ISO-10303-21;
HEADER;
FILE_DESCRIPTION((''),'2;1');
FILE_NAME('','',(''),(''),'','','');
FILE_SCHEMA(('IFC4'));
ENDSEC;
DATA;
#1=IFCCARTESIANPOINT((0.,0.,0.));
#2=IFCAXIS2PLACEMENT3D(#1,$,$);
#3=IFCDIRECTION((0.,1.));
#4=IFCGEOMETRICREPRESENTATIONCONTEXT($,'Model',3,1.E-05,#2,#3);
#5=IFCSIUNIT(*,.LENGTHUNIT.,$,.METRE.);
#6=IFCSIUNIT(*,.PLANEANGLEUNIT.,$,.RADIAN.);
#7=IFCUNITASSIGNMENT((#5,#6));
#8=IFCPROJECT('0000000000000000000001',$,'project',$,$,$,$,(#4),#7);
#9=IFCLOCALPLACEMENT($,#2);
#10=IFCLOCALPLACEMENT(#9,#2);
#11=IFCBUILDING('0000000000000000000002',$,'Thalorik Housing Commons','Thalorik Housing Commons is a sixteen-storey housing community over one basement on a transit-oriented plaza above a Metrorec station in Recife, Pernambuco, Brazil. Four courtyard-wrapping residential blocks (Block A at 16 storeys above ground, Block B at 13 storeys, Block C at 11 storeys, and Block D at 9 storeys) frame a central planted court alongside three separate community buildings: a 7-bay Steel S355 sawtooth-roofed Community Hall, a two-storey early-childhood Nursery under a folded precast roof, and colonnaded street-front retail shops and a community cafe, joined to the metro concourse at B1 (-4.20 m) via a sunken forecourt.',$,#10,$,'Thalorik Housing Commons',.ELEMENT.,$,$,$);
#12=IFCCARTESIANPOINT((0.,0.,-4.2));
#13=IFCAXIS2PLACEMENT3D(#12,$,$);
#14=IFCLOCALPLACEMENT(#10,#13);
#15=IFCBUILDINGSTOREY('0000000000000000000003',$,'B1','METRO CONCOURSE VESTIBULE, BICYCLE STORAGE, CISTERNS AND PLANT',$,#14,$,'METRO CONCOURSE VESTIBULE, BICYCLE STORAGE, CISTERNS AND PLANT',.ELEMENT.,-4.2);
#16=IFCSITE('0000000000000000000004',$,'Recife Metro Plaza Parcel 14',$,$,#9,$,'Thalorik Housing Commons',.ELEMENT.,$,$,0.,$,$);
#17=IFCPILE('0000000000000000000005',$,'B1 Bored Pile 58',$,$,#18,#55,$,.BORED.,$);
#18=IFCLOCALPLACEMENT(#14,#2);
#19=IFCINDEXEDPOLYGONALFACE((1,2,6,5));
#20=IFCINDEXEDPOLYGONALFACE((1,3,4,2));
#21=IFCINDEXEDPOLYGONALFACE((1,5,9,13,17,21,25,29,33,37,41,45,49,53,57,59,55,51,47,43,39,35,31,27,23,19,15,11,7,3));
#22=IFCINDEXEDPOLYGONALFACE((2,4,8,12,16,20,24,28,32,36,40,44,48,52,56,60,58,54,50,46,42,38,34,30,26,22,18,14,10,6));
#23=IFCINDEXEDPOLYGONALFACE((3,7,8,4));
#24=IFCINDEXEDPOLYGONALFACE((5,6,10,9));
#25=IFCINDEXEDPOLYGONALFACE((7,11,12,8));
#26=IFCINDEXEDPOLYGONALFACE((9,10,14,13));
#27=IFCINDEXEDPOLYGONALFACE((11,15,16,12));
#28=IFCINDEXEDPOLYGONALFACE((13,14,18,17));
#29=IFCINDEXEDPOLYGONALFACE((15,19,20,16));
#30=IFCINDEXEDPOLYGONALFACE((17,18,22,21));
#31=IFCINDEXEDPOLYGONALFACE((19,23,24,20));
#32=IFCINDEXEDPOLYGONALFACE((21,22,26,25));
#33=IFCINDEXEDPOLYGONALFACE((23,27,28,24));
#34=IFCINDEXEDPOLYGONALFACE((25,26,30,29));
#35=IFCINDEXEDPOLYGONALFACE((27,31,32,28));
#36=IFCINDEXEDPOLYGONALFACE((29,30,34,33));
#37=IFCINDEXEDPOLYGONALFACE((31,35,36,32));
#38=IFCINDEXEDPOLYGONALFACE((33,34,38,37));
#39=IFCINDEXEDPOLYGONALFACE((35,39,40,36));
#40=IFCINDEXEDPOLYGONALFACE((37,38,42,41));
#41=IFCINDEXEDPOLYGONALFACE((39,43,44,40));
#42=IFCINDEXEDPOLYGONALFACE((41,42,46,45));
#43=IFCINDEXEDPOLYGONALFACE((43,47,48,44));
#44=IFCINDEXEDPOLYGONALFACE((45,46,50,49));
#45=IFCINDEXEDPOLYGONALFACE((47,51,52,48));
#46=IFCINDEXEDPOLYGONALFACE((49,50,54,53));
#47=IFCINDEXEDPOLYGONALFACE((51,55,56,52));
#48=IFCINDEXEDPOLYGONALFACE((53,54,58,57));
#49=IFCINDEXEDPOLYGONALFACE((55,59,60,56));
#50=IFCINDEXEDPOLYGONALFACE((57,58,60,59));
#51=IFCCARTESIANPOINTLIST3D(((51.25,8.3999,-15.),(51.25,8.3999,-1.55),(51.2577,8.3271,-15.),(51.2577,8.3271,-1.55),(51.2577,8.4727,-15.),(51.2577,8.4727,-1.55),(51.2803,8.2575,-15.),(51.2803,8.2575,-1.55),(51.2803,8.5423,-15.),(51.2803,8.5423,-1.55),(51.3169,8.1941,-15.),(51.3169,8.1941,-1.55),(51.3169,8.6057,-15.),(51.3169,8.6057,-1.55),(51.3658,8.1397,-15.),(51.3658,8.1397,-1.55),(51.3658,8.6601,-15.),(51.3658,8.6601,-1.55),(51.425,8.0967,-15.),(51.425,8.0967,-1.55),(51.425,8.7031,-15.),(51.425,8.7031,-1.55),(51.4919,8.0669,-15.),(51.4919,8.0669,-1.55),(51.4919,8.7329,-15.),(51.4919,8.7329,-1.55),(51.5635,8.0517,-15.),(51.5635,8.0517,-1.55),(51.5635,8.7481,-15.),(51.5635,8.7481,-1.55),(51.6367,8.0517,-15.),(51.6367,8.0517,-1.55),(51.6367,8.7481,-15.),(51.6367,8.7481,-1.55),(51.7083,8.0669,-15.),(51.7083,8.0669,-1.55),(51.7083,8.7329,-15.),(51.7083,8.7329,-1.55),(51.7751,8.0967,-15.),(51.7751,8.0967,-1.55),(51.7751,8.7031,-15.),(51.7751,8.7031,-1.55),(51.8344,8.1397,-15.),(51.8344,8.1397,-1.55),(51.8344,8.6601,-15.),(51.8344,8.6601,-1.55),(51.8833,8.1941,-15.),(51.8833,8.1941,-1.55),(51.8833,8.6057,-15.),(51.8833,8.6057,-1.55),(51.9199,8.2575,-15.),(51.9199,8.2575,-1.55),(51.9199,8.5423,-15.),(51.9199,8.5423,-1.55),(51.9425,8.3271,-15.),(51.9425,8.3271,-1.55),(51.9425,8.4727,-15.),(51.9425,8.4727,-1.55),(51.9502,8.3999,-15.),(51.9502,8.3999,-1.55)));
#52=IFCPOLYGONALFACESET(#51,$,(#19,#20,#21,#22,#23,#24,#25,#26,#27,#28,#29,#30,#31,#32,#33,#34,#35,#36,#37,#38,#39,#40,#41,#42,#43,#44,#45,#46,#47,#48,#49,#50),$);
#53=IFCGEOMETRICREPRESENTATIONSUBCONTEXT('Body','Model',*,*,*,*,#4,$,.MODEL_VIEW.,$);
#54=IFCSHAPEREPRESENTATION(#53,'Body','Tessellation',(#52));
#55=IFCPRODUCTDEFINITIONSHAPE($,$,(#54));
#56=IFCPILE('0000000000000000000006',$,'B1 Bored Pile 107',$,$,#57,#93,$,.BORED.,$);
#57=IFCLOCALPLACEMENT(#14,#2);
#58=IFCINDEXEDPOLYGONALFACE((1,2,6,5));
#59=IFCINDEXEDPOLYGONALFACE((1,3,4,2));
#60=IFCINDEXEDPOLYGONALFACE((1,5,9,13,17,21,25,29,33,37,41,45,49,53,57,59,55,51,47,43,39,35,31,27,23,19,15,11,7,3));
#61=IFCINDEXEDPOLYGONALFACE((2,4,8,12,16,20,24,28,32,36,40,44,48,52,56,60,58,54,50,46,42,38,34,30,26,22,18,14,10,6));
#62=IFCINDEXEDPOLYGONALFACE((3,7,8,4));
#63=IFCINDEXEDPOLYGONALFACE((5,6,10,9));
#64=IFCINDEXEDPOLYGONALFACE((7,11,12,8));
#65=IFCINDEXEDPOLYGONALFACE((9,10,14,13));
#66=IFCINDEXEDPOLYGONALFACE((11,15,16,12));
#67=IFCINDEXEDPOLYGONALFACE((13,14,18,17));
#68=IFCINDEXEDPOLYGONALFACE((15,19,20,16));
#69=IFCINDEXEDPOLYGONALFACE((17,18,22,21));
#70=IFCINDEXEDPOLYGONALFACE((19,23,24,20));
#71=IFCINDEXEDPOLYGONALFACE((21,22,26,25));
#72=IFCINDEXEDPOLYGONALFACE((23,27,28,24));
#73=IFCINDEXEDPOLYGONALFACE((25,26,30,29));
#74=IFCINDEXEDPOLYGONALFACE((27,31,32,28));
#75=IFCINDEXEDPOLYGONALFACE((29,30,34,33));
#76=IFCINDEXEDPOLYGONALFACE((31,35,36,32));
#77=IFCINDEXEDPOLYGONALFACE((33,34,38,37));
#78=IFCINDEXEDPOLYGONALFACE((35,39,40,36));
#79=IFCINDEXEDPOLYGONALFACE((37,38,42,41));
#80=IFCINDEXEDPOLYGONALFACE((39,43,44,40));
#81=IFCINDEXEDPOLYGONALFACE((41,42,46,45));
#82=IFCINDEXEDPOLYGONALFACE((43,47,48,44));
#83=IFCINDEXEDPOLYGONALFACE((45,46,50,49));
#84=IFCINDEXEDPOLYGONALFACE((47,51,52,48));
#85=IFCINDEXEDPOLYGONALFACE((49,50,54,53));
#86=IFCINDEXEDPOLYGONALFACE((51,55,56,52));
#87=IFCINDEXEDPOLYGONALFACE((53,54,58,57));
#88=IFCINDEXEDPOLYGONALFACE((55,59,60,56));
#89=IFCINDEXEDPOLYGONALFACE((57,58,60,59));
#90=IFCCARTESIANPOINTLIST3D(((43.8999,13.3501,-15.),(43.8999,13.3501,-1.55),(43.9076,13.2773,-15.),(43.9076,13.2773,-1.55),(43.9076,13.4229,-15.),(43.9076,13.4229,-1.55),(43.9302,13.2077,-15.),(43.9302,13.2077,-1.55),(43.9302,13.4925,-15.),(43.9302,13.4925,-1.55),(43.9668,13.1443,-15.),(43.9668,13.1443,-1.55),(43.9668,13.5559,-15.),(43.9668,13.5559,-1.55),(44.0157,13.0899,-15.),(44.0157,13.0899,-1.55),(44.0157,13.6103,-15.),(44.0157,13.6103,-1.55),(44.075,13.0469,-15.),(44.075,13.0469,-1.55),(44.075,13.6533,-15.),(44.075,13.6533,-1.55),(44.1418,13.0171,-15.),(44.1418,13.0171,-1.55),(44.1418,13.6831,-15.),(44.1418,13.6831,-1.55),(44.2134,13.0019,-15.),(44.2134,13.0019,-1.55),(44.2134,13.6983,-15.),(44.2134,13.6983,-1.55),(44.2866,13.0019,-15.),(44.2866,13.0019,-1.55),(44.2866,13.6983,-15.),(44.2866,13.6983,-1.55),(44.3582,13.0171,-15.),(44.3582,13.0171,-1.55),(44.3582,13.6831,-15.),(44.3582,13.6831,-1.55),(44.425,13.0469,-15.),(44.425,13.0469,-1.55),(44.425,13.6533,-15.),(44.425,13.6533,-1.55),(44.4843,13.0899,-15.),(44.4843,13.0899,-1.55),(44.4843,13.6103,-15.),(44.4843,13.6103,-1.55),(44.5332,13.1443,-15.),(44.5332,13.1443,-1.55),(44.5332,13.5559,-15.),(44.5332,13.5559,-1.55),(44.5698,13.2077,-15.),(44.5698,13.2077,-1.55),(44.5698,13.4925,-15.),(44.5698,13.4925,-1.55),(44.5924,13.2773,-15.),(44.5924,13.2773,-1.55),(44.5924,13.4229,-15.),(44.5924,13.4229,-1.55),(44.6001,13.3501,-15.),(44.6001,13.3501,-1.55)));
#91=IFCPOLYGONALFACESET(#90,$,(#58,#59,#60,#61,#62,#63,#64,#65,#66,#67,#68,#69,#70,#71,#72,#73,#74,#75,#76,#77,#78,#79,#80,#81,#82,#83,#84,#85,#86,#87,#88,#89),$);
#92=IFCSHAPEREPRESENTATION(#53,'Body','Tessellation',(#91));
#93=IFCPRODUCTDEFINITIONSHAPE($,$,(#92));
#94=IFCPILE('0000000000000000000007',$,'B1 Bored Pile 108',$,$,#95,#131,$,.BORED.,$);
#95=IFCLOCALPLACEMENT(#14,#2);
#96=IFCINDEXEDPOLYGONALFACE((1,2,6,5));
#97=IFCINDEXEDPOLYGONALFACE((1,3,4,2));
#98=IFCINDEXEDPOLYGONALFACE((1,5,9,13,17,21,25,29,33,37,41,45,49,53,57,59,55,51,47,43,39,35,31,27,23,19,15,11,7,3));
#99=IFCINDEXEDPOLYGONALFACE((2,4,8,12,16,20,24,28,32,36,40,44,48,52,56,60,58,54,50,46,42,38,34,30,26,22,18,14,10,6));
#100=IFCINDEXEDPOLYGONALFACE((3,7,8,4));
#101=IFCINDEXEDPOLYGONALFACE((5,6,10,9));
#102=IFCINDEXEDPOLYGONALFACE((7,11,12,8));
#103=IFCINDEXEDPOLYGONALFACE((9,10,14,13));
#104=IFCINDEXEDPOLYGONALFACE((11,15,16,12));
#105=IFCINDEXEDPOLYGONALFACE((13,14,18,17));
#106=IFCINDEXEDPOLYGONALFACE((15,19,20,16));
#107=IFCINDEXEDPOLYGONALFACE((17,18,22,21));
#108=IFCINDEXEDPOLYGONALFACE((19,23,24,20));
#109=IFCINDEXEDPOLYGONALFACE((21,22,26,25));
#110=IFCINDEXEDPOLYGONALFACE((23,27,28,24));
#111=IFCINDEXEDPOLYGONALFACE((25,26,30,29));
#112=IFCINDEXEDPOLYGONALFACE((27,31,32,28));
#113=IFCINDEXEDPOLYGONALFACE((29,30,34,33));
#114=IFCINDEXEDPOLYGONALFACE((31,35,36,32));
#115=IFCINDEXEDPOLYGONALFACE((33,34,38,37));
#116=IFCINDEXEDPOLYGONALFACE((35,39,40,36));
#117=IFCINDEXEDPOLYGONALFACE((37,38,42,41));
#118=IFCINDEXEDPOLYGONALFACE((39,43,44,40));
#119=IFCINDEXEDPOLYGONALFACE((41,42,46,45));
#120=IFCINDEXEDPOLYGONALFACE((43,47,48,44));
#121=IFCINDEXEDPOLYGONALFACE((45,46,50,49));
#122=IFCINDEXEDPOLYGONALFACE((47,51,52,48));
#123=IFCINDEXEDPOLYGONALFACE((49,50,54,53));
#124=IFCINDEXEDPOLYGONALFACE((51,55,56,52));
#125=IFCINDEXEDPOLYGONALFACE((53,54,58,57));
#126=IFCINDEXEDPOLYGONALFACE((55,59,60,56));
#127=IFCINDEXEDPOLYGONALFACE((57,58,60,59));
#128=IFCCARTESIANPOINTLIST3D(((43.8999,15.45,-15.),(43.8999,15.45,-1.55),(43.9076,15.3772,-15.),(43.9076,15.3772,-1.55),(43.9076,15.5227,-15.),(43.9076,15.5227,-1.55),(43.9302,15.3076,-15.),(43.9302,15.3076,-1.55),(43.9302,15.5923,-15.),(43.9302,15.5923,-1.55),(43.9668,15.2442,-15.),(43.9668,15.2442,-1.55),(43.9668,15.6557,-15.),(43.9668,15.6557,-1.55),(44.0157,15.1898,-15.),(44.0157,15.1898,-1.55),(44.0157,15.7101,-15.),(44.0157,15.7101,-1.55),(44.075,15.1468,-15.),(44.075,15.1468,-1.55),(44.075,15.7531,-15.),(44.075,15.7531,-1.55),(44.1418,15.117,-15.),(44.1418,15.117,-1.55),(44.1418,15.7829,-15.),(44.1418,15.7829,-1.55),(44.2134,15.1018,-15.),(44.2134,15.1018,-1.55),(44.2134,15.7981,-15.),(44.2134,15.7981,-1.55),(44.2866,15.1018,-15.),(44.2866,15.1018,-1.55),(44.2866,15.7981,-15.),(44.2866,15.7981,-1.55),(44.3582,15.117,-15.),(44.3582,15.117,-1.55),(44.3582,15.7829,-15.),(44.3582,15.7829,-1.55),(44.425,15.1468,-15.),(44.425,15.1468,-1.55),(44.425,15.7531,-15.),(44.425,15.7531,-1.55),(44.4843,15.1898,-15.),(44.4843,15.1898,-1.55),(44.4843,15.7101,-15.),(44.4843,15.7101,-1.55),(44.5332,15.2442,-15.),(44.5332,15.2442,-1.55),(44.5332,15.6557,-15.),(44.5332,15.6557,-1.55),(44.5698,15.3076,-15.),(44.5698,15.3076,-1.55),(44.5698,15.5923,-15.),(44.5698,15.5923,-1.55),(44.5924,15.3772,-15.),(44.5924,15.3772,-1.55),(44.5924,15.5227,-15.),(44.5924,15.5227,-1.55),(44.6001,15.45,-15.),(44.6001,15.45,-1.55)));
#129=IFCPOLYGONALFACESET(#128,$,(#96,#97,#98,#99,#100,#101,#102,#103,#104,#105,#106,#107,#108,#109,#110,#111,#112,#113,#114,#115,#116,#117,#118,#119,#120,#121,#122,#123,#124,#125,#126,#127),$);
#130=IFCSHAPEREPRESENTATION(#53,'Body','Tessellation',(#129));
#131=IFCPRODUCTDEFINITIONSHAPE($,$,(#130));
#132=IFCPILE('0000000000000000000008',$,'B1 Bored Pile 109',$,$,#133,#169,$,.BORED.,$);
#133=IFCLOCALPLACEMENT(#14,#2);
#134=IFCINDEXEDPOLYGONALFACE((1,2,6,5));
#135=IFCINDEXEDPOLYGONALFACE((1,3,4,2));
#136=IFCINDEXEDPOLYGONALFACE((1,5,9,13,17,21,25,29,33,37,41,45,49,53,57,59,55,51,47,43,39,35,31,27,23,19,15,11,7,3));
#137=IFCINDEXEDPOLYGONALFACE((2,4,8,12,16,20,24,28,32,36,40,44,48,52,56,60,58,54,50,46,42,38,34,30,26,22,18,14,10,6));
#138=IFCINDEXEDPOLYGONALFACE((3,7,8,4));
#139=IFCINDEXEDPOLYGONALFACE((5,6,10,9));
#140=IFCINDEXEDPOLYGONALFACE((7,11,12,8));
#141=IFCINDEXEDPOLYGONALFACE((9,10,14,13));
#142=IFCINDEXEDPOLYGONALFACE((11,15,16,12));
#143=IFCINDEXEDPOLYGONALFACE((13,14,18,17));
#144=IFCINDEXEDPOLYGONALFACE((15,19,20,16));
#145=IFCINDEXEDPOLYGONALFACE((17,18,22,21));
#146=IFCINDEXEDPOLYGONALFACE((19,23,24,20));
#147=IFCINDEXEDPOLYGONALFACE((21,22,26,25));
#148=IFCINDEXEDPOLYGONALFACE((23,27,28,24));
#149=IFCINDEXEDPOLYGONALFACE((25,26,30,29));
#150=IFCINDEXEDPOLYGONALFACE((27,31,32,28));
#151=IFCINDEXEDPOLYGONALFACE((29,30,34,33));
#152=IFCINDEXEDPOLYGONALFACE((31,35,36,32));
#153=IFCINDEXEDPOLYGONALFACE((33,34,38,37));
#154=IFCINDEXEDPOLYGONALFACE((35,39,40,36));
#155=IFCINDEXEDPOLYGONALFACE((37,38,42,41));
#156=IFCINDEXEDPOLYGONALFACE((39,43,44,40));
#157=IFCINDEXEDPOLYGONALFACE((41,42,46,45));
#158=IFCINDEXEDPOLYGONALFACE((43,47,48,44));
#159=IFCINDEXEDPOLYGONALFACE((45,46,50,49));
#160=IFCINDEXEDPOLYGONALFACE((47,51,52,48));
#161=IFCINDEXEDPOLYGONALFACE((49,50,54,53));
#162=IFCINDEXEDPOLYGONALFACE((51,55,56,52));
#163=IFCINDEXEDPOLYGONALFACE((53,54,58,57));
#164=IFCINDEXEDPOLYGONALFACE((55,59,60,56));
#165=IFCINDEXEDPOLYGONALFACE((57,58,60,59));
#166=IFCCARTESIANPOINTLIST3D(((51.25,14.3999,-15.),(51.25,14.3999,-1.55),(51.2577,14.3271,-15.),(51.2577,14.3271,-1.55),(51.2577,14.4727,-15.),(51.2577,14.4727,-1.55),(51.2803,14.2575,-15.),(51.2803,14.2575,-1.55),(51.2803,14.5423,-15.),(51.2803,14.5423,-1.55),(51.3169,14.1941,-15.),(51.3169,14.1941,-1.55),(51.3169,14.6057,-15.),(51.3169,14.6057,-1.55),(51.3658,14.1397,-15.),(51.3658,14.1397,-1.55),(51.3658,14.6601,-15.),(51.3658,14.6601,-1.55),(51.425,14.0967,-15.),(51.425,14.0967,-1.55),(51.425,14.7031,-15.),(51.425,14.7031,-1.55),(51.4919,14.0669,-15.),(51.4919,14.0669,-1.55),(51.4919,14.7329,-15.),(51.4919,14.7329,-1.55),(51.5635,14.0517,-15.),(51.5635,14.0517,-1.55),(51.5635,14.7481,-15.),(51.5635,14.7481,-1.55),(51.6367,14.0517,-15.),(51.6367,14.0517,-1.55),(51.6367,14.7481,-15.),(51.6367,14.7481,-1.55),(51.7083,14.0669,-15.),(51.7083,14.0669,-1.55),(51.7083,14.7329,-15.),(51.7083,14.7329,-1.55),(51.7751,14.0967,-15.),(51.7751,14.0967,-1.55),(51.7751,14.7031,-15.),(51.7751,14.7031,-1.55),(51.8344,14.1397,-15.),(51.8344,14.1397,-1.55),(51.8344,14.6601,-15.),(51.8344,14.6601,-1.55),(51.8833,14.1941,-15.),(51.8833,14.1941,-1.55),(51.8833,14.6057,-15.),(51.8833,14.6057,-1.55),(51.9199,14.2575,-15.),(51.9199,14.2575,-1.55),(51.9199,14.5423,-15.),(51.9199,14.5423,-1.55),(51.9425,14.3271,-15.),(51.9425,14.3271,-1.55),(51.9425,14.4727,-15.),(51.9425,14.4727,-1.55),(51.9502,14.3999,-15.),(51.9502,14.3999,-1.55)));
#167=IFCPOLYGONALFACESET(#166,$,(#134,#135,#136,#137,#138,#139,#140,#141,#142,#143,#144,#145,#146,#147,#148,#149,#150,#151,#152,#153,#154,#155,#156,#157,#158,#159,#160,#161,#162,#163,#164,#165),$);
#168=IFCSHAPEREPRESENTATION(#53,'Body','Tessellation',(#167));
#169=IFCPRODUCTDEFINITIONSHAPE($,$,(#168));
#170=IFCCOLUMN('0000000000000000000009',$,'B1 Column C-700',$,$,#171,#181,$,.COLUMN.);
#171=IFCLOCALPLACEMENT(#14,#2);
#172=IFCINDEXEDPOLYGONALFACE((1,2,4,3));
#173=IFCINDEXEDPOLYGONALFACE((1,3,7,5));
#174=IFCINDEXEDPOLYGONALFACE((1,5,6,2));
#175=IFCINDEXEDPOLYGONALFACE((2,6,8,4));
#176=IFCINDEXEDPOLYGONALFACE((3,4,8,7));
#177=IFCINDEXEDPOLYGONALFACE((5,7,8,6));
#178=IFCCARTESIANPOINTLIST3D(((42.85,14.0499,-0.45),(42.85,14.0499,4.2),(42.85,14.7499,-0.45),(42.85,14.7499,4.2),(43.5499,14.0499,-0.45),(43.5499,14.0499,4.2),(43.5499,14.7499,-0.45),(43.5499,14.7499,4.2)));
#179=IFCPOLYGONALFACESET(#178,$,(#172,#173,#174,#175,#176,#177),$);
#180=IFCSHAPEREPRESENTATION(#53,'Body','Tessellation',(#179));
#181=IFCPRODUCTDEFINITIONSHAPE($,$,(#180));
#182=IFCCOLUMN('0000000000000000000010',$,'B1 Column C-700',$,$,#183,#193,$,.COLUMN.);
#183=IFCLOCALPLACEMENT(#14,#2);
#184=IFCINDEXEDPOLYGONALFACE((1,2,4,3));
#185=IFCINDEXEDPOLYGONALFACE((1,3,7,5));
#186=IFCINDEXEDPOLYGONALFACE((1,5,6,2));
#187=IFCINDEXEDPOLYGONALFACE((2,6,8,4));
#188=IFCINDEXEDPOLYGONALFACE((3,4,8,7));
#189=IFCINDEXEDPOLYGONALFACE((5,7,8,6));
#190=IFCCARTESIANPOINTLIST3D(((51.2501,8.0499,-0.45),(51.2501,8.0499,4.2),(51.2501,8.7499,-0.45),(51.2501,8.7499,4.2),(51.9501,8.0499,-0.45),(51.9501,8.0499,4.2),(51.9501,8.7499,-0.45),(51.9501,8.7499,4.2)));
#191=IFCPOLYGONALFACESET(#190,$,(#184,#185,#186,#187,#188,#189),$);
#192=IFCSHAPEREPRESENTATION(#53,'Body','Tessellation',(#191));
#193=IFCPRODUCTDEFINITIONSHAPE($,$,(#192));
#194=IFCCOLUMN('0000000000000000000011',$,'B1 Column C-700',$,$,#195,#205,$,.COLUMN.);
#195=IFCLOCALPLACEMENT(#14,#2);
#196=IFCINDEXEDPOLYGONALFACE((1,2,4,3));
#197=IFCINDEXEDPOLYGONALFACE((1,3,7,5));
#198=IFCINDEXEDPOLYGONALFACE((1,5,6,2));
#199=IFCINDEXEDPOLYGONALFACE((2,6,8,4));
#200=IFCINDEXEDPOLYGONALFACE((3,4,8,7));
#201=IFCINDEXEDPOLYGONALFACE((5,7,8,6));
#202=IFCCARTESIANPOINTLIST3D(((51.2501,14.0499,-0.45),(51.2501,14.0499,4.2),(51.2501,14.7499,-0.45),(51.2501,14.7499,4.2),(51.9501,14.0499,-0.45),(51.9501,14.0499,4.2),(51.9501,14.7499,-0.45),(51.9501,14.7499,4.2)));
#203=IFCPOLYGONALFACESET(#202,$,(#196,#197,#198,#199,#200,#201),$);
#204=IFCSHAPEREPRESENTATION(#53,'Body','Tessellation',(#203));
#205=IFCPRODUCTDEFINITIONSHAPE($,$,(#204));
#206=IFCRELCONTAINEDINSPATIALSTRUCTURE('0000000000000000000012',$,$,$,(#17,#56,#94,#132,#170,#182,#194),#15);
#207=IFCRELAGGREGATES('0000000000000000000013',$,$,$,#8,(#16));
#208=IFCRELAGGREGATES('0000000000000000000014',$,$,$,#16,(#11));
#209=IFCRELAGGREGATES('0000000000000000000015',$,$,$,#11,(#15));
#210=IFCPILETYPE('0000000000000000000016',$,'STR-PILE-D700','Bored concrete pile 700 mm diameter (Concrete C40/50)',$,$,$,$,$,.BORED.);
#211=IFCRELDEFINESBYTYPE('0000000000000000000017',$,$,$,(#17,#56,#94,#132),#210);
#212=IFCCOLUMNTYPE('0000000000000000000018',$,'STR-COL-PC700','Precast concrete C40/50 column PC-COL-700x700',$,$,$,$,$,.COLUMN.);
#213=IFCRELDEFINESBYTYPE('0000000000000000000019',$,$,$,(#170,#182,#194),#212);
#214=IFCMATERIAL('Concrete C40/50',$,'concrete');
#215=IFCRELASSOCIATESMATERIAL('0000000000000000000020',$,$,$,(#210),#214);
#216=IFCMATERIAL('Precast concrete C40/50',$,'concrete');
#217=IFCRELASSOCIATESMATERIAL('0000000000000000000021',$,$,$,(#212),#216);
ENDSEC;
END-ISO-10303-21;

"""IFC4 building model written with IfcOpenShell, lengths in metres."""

from ifc_helpers import new_model, si_unit, direction, frame, origin, origin_2d, place, context, subcontext, project, spatial, rectangle, circle, extrude, material, material_profile, profile_set, type_object, element, save


model = new_model("IFC4")

# Units and contexts
model_context = context("Model", 3, precision=1e-05, world=origin(), true_north=direction((0.0, 1.0)))
body_context = subcontext(model_context, "Body", "Model", "MODEL_VIEW")
ifc_project = project(units=[si_unit("LENGTHUNIT", "METRE"), si_unit("PLANEANGLEUNIT", "RADIAN")], contexts=[model_context])

# Site, building, storey
site_placement = place(None, origin())
site = spatial("IfcSite", under=ifc_project, at=site_placement, Name="Recife Metro Plaza Parcel 14", LongName="Thalorik Housing Commons", CompositionType="ELEMENT", RefElevation=0.0)
building_placement = place(site_placement, origin())
building = spatial("IfcBuilding", under=site, at=building_placement, Name="Thalorik Housing Commons", Description="Thalorik Housing Commons is a sixteen-storey housing community over one basement on a transit-oriented plaza above a Metrorec station in Recife, Pernambuco, Brazil. Four courtyard-wrapping residential blocks (Block A at 16 storeys above ground, Block B at 13 storeys, Block C at 11 storeys, and Block D at 9 storeys) frame a central planted court alongside three separate community buildings: a 7-bay Steel S355 sawtooth-roofed Community Hall, a two-storey early-childhood Nursery under a folded precast roof, and colonnaded street-front retail shops and a community cafe, joined to the metro concourse at B1 (-4.20 m) via a sunken forecourt.", LongName="Thalorik Housing Commons", CompositionType="ELEMENT")
storey_placement = place(building_placement, frame((0.0, 0.0, -4.2)))
storey = spatial("IfcBuildingStorey", under=building, at=storey_placement, Name="B1", Description="METRO CONCOURSE VESTIBULE, BICYCLE STORAGE, CISTERNS AND PLANT", LongName="METRO CONCOURSE VESTIBULE, BICYCLE STORAGE, CISTERNS AND PLANT", CompositionType="ELEMENT", Elevation=-4.2)

# Shared definitions
ifc_material_1 = material(Name="Concrete C40/50", Category="concrete")

# Piles
ifc_material_profile_1 = material_profile(ifc_material_1, circle(Radius=0.3501, at=origin_2d()), Name="BORED PILE D700", Category="concrete")
ifc_profile_set_1 = profile_set([ifc_material_profile_1], Name="Concrete C40/50")
pile_type = type_object("IfcPileType", Name="STR-PILE-D700", Description="Bored concrete pile 700 mm diameter (Concrete C40/50)", PredefinedType="BORED", material=ifc_profile_set_1)
for number, where, z_axis, x_axis, name in (
    (1, (51.6001, 8.3999, -1.55), (0.0, 0.0, -1.0), (1.0, 0.0, 0.0), "B1 Bored Pile 58"),
    (2, (44.25, 13.3501, -1.55), (0.0, 0.0, -1.0), (1.0, 0.0, 0.0), "B1 Bored Pile 107"),
    (3, (44.25, 15.45, -1.55), (0.0, 0.0, -1.0), (1.0, 0.0, 0.0), "B1 Bored Pile 108"),
    (4, (51.6001, 14.3999, -1.55), (0.0, 0.0, -1.0), (1.0, 0.0, 0.0), "B1 Bored Pile 109"),
):
    element("IfcPile", number, at=place(storey_placement, frame(where, z_axis=z_axis, x_axis=x_axis)), inside=storey, type_object=pile_type, Name=name, PredefinedType="BORED", context=body_context, shape_type="SweptSolid", body=[
        extrude(circle(Radius=0.3501, at=origin_2d()), origin(), (0.0, 0.0, 1.0), 13.45),
    ])

# Columns
ifc_material_2 = material(Name="Precast concrete C40/50", Category="concrete")
ifc_material_profile_2 = material_profile(ifc_material_2, rectangle(XDim=0.7, YDim=0.7, at=origin_2d()), Name="PC 700x700", Category="concrete")
ifc_profile_set_2 = profile_set([ifc_material_profile_2], Name="Precast concrete C40/50")
column_type = type_object("IfcColumnType", Name="STR-COL-PC700", Description="Precast concrete C40/50 column PC-COL-700x700", PredefinedType="COLUMN", material=ifc_profile_set_2)
for number, where, z_axis, x_axis, name in (
    (5, (43.2, 14.3999, -0.45), (0.0, 0.0, 1.0), (1.0, 0.0, 0.0), "B1 Column C-700"),
    (6, (51.6001, 8.3999, -0.45), (0.0, 0.0, 1.0), (1.0, 0.0, 0.0), "B1 Column C-700"),
    (7, (51.6001, 14.3999, -0.45), (0.0, 0.0, 1.0), (1.0, 0.0, 0.0), "B1 Column C-700"),
):
    element("IfcColumn", number, at=place(storey_placement, frame(where, z_axis=z_axis, x_axis=x_axis)), inside=storey, type_object=column_type, Name=name, PredefinedType="COLUMN", context=body_context, shape_type="SweptSolid", body=[
        extrude(rectangle(XDim=0.7, YDim=0.7, at=origin_2d()), origin(), (0.0, 0.0, 1.0), 4.6499),
    ])

save(model, "model.ifc")
